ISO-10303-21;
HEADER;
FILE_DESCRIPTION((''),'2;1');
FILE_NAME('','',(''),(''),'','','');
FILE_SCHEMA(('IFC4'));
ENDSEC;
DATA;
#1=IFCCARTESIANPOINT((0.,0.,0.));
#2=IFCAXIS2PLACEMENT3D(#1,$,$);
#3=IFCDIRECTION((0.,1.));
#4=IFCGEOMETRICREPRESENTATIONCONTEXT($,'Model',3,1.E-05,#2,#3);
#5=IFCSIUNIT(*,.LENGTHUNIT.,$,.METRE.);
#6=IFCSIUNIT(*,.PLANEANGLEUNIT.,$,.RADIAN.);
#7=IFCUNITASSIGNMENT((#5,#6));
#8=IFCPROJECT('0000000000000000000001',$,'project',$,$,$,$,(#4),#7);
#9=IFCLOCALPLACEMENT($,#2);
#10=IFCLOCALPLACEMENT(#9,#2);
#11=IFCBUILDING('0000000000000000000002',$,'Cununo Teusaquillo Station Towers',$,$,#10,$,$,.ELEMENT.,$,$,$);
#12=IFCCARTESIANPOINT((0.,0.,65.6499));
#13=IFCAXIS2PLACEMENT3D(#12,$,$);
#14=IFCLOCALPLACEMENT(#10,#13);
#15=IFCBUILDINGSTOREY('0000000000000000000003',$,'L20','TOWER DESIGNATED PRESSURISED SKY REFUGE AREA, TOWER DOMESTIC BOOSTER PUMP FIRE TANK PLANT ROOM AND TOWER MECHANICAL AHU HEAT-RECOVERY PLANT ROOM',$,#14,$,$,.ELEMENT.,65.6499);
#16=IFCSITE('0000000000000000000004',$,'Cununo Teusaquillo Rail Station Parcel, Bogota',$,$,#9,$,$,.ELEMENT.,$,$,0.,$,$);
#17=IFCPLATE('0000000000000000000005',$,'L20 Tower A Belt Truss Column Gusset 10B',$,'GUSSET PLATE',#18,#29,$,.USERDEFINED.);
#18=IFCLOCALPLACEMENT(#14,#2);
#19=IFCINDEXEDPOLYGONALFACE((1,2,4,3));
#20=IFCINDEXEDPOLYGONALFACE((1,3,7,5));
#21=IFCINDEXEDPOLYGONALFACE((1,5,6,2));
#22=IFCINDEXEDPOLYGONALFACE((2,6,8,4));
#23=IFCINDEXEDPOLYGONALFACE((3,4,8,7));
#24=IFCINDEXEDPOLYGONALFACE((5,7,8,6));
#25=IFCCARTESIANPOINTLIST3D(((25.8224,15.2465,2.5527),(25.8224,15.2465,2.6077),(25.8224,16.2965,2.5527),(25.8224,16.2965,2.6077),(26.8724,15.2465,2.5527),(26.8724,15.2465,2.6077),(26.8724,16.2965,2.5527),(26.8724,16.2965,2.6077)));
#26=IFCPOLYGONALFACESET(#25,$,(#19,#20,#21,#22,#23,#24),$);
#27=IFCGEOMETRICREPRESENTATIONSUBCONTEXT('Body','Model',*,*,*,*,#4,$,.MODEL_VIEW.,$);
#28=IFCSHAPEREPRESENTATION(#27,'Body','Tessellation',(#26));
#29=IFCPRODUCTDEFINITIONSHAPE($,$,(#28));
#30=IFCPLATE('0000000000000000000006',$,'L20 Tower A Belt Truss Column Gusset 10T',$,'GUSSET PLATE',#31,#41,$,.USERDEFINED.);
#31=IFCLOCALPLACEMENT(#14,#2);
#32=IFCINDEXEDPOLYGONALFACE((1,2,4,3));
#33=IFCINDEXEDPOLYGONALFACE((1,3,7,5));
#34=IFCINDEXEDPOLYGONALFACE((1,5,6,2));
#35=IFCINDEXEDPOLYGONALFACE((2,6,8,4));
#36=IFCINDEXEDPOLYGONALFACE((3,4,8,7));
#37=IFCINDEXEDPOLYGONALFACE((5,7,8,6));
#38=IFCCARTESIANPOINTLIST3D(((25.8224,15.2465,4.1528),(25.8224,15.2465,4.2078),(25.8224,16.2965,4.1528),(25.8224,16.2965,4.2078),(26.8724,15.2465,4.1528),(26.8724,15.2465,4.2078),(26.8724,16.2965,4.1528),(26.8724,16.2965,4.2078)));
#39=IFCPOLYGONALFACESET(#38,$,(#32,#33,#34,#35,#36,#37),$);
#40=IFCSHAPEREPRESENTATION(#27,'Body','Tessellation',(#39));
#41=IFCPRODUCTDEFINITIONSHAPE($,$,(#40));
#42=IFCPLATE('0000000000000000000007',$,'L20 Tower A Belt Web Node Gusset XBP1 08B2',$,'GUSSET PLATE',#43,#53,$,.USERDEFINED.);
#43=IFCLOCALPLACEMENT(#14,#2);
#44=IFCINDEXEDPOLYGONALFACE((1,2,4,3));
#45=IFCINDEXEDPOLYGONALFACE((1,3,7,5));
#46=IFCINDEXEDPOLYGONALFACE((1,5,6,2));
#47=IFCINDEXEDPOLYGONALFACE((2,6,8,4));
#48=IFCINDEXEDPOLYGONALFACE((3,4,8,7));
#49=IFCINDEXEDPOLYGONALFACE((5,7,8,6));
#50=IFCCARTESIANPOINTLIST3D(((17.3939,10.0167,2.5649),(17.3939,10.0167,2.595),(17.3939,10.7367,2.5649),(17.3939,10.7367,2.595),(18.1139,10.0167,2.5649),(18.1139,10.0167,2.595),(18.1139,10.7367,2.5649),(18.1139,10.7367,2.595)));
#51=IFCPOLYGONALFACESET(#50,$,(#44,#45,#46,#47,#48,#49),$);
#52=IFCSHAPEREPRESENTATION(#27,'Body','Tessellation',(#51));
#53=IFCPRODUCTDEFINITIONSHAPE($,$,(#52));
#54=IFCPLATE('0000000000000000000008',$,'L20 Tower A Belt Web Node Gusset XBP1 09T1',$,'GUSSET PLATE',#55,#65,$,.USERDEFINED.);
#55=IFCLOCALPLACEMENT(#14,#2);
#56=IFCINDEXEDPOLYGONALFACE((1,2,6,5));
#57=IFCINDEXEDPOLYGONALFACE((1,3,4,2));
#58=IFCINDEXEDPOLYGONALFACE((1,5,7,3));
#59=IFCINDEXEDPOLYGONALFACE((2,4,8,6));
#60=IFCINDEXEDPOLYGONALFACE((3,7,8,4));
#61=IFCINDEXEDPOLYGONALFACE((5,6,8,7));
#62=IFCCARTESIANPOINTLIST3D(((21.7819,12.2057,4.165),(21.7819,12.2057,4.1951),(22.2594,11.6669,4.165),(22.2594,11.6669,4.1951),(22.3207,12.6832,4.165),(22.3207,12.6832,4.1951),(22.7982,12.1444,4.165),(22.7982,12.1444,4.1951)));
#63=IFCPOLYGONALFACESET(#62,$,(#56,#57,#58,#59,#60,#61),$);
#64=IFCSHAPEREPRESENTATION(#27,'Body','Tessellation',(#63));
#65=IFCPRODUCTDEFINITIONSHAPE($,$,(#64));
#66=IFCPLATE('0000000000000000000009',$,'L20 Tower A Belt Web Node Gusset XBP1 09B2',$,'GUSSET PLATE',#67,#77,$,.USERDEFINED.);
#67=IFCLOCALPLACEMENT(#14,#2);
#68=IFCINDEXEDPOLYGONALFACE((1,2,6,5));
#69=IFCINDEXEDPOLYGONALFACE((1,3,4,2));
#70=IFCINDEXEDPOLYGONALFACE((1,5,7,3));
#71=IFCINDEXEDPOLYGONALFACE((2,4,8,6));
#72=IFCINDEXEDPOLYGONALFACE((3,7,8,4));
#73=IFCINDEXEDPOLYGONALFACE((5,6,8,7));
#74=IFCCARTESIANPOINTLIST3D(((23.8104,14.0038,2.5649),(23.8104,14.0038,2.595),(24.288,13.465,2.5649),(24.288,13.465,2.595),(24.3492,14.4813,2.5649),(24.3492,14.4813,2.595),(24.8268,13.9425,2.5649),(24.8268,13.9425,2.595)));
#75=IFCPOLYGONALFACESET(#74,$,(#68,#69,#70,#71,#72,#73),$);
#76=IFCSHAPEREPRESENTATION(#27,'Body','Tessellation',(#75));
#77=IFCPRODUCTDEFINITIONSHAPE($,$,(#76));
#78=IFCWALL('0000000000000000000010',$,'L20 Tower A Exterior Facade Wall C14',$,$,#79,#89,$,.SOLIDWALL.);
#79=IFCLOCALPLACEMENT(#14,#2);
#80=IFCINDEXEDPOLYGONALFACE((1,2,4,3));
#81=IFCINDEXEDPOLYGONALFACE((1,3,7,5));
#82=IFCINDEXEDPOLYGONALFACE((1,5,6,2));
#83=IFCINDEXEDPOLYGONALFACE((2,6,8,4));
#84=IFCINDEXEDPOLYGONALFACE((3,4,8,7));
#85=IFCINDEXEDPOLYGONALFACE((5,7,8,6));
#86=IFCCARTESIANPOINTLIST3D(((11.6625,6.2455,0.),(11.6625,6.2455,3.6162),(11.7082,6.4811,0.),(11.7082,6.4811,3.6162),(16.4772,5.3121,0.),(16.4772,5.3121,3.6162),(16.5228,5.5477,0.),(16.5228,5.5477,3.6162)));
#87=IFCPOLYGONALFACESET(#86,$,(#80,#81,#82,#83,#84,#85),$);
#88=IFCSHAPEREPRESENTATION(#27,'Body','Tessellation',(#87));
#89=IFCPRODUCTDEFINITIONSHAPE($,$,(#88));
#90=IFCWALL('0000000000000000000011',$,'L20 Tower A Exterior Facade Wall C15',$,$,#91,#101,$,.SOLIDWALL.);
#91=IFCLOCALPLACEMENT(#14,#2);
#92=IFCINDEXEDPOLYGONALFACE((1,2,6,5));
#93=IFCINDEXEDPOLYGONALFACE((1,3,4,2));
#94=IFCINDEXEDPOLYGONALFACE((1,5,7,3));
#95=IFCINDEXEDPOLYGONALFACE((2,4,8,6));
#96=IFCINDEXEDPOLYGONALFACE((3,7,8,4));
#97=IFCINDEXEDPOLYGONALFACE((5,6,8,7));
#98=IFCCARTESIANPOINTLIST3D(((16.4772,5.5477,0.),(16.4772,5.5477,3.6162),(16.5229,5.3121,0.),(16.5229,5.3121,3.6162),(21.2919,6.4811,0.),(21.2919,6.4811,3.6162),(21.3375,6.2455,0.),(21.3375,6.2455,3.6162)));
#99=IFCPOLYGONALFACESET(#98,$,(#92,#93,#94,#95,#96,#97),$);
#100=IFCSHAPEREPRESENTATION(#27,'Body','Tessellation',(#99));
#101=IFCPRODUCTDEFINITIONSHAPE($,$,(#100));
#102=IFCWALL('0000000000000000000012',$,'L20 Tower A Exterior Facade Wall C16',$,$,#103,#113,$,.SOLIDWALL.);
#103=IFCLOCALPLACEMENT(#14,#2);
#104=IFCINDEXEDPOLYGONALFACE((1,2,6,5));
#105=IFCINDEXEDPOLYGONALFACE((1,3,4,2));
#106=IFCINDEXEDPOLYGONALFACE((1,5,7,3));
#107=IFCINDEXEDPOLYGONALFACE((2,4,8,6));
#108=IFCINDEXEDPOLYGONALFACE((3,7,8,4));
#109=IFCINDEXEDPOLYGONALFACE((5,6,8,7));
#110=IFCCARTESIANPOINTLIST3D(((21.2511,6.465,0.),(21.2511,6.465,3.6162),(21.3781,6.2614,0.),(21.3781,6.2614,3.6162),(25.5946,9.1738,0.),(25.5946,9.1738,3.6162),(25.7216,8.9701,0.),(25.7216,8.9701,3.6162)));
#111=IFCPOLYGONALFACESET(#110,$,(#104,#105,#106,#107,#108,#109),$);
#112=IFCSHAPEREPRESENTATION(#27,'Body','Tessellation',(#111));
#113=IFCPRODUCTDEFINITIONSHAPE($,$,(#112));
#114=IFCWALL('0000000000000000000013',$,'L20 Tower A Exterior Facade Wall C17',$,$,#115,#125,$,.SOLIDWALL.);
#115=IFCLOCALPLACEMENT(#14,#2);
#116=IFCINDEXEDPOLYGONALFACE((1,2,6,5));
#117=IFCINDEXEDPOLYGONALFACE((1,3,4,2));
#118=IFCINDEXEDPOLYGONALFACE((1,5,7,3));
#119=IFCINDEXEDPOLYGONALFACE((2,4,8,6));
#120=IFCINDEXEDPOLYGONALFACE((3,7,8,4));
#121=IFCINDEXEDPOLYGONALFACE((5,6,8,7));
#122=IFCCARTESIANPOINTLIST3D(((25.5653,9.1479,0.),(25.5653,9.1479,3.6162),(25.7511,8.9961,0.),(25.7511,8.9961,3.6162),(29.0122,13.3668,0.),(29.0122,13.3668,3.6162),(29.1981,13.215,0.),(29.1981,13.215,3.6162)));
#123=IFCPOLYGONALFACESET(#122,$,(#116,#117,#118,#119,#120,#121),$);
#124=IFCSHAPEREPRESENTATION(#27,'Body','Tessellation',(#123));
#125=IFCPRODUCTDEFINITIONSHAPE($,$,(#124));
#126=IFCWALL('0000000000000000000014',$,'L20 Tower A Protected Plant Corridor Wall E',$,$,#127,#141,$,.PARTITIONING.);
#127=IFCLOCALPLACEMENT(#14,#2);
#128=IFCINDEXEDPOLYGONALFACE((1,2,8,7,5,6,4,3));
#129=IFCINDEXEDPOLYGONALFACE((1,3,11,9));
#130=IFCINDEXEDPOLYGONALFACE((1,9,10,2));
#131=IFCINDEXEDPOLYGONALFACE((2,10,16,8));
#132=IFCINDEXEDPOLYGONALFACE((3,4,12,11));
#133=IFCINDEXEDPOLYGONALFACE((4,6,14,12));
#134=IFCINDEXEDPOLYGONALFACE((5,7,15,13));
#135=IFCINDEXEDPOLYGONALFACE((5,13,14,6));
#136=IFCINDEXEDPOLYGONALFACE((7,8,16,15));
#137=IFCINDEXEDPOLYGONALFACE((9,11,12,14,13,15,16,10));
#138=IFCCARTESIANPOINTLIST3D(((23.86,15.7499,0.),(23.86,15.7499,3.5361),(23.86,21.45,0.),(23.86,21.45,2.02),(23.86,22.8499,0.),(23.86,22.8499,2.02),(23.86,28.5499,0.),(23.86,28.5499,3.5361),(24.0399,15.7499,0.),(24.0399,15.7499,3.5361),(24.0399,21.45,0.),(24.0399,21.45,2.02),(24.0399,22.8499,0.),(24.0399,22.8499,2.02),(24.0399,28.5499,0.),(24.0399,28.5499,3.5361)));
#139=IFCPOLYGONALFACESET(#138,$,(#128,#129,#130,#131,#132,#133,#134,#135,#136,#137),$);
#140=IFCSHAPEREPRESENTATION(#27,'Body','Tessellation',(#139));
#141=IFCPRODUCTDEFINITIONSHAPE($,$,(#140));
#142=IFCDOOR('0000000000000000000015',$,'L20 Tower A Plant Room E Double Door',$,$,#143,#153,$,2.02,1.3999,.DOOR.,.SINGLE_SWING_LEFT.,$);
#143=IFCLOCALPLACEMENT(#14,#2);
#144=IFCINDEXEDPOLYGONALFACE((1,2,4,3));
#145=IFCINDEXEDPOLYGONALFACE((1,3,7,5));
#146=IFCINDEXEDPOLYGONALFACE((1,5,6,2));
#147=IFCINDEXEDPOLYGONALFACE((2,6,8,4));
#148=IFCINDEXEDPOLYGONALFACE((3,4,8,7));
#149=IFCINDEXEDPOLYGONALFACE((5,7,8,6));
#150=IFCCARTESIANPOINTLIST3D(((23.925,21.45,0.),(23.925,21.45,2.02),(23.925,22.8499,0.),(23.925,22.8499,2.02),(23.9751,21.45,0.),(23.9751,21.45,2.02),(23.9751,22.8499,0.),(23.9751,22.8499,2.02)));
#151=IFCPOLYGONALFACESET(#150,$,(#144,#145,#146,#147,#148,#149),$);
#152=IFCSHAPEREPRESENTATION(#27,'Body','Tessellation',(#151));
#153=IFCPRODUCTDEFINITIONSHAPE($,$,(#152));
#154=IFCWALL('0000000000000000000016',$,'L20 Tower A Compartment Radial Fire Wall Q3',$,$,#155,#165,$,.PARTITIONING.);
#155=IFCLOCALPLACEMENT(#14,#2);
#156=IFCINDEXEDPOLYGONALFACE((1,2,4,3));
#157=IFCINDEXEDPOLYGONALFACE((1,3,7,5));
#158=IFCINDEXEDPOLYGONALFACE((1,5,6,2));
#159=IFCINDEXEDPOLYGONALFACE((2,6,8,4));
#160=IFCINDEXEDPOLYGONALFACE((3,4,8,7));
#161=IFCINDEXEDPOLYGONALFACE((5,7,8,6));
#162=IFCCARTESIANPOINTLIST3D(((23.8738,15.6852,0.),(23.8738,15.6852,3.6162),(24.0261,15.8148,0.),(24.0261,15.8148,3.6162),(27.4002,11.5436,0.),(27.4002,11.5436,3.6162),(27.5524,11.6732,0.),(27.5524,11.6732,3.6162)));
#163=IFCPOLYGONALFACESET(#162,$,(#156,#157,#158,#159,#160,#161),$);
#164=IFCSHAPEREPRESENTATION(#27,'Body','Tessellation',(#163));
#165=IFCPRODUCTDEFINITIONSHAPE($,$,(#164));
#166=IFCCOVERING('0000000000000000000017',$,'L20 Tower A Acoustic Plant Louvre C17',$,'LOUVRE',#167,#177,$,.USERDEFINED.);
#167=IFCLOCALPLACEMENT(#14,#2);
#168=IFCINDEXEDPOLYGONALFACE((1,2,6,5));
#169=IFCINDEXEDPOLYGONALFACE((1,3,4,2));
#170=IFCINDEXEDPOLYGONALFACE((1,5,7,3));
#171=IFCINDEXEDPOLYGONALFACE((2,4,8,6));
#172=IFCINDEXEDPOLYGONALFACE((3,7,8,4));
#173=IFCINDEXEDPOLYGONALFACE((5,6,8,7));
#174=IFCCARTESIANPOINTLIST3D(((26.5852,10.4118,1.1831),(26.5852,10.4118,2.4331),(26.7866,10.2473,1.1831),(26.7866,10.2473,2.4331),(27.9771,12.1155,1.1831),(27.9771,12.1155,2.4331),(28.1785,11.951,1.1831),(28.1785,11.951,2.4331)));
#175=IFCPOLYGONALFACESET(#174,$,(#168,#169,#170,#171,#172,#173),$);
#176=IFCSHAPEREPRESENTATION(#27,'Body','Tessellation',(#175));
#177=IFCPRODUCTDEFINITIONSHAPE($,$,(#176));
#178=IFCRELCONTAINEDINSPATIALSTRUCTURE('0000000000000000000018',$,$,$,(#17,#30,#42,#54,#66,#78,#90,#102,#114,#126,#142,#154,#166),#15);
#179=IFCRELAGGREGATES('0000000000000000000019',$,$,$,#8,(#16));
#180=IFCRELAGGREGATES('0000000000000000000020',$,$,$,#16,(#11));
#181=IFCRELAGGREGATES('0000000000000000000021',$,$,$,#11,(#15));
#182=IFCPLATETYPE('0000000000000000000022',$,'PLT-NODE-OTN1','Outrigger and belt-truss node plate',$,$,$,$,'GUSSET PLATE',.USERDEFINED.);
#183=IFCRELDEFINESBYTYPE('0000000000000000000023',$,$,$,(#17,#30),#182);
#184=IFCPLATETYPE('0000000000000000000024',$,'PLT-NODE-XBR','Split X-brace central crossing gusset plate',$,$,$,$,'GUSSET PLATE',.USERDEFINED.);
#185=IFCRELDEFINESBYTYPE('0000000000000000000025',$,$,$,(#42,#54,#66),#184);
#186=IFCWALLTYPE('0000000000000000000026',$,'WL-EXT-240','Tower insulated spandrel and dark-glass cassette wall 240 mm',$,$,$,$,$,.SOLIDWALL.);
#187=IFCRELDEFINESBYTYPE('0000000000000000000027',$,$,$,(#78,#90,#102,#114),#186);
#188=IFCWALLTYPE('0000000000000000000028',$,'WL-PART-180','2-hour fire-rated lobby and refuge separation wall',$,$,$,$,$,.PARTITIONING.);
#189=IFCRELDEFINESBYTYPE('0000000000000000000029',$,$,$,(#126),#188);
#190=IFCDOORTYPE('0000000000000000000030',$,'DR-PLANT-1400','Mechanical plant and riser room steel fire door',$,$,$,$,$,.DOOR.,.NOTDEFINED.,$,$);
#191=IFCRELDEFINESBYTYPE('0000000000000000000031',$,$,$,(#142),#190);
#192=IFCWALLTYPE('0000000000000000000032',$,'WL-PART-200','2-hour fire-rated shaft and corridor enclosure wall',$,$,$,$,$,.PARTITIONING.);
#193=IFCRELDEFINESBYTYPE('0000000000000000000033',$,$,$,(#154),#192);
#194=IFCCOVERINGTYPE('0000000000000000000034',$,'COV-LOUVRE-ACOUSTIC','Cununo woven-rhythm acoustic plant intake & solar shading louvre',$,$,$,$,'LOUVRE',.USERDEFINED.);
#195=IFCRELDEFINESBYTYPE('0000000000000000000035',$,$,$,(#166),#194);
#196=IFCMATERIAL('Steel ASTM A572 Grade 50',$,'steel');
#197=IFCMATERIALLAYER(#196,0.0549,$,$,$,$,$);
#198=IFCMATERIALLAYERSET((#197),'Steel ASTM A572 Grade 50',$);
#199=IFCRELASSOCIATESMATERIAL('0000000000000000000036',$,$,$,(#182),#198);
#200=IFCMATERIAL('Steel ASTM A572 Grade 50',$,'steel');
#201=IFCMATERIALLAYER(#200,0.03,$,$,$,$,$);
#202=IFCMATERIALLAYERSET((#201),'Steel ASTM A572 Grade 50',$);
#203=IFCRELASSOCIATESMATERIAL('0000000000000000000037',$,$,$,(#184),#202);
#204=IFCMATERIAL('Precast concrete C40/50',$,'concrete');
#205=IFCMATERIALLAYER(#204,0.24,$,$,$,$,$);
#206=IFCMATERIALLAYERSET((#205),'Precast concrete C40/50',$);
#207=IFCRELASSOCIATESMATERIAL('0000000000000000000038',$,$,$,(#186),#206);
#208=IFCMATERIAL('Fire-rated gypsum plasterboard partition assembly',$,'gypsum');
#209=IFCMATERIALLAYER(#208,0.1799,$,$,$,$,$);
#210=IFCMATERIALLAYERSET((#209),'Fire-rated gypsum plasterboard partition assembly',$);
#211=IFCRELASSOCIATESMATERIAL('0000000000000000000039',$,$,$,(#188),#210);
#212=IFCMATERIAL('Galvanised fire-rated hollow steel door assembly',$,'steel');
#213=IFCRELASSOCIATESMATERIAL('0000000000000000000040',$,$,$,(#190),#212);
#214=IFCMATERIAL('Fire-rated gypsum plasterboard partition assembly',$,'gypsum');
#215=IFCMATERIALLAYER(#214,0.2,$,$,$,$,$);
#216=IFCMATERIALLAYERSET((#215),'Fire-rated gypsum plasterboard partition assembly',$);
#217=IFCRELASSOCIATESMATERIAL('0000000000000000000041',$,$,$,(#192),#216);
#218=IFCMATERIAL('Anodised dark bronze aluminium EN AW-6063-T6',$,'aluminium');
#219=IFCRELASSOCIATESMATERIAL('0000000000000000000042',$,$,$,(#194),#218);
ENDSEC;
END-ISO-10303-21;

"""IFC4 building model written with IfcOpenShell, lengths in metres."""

from ifc_helpers import new_model, si_unit, direction, frame, frame_2d, origin, origin_2d, place, context, subcontext, project, spatial, rectangle, extrude, source, transform, mapped, material, layer, layer_set, type_object, element, fill, save


model = new_model("IFC4")

# Units and contexts
model_context = context("Model", 3, precision=1e-05, world=origin(), true_north=direction((0.0, 1.0)))
body_context = subcontext(model_context, "Body", "Model", "MODEL_VIEW")
ifc_project = project(units=[si_unit("LENGTHUNIT", "METRE"), si_unit("PLANEANGLEUNIT", "RADIAN")], contexts=[model_context])

# Site, building, storey
site_placement = place(None, origin())
site = spatial("IfcSite", under=ifc_project, at=site_placement, Name="Cununo Teusaquillo Rail Station Parcel, Bogota", CompositionType="ELEMENT", RefElevation=0.0)
building_placement = place(site_placement, origin())
building = spatial("IfcBuilding", under=site, at=building_placement, Name="Cununo Teusaquillo Station Towers", CompositionType="ELEMENT")
storey_placement = place(building_placement, frame((0.0, 0.0, 65.6499)))
storey = spatial("IfcBuildingStorey", under=building, at=storey_placement, Name="L20", Description="TOWER DESIGNATED PRESSURISED SKY REFUGE AREA, TOWER DOMESTIC BOOSTER PUMP FIRE TANK PLANT ROOM AND TOWER MECHANICAL AHU HEAT-RECOVERY PLANT ROOM", CompositionType="ELEMENT", Elevation=65.6499)

# Plates
ifc_material_1 = material(Name="Steel ASTM A572 Grade 50", Category="steel")
ifc_layer_1 = layer(ifc_material_1, 0.0549)
ifc_layer_set_1 = layer_set([ifc_layer_1], Name="Steel ASTM A572 Grade 50")
plate_type_1 = type_object("IfcPlateType", Name="PLT-NODE-OTN1", Description="Outrigger and belt-truss node plate", ElementType="GUSSET PLATE", PredefinedType="USERDEFINED", material=ifc_layer_set_1)
shared_shape_1 = source(origin(), body_context, "Body", "SweptSolid", [
    extrude(rectangle(XDim=1.05, YDim=1.05, at=origin_2d()), origin(), (0.0, 0.0, 1.0), 0.0549),
])
for number, where, z_axis, x_axis, name in (
    (1, (26.3474, 15.7715, 2.5527), (0.0, 0.0, 1.0), (1.0, 0.0, 0.0), "L20 Tower A Belt Truss Column Gusset 10B"),
    (2, (26.3474, 15.7715, 4.1528), (0.0, 0.0, 1.0), (1.0, 0.0, 0.0), "L20 Tower A Belt Truss Column Gusset 10T"),
):
    element("IfcPlate", number, at=place(storey_placement, frame(where, z_axis=z_axis, x_axis=x_axis)), inside=storey, type_object=plate_type_1, Name=name, ObjectType="GUSSET PLATE", PredefinedType="USERDEFINED", context=body_context, shape_type="MappedRepresentation", body=[
        mapped(shared_shape_1, transform((0.0, 0.0, 0.0), x_axis=(1.0, 0.0, 0.0), y_axis=(0.0, 1.0, 0.0), z_axis=(0.0, 0.0, 1.0), scale=1.0)),
    ])
ifc_material_2 = material(Name="Steel ASTM A572 Grade 50", Category="steel")
ifc_layer_2 = layer(ifc_material_2, 0.03)
ifc_layer_set_2 = layer_set([ifc_layer_2], Name="Steel ASTM A572 Grade 50")
plate_type_2 = type_object("IfcPlateType", Name="PLT-NODE-XBR", Description="Split X-brace central crossing gusset plate", ElementType="GUSSET PLATE", PredefinedType="USERDEFINED", material=ifc_layer_set_2)
shared_shape_2 = source(origin(), body_context, "Body", "SweptSolid", [
    extrude(rectangle(XDim=0.72, YDim=0.72, at=origin_2d()), origin(), (0.0, 0.0, 1.0), 0.03),
])
for number, where, z_axis, x_axis, name in (
    (3, (17.7539, 10.3767, 2.5649), (0.0, 0.0, 1.0), (1.0, 0.0, 0.0), "L20 Tower A Belt Web Node Gusset XBP1 08B2"),
    (4, (22.29, 12.175, 4.165), (0.0, 0.0, 1.0), (0.748377, 0.663273, 0.0), "L20 Tower A Belt Web Node Gusset XBP1 09T1"),
    (5, (24.3186, 13.9731, 2.5649), (0.0, 0.0, 1.0), (0.748377, 0.663273, 0.0), "L20 Tower A Belt Web Node Gusset XBP1 09B2"),
):
    element("IfcPlate", number, at=place(storey_placement, frame(where, z_axis=z_axis, x_axis=x_axis)), inside=storey, type_object=plate_type_2, Name=name, ObjectType="GUSSET PLATE", PredefinedType="USERDEFINED", context=body_context, shape_type="MappedRepresentation", body=[
        mapped(shared_shape_2, transform((0.0, 0.0, 0.0), x_axis=(1.0, 0.0, 0.0), y_axis=(0.0, 1.0, 0.0), z_axis=(0.0, 0.0, 1.0), scale=1.0)),
    ])

# Walls
ifc_material_3 = material(Name="Precast concrete C40/50", Category="concrete")
ifc_layer_3 = layer(ifc_material_3, 0.24)
ifc_layer_set_3 = layer_set([ifc_layer_3], Name="Precast concrete C40/50")
wall_type_1 = type_object("IfcWallType", Name="WL-EXT-240", Description="Tower insulated spandrel and dark-glass cassette wall 240 mm", PredefinedType="SOLIDWALL", material=ifc_layer_set_3)
for number, where, z_axis, x_axis, name in (
    (6, (16.5, 5.4299, 0.0), (0.0, 0.0, 1.0), (-0.981724, 0.190311, 0.0), "L20 Tower A Exterior Facade Wall C14"),
    (7, (21.3147, 6.3633, 0.0), (0.0, 0.0, 1.0), (-0.981724, -0.190311, 0.0), "L20 Tower A Exterior Facade Wall C15"),
):
    element("IfcWall", number, at=place(storey_placement, frame(where, z_axis=z_axis, x_axis=x_axis)), inside=storey, type_object=wall_type_1, Name=name, PredefinedType="SOLIDWALL", context=body_context, shape_type="SweptSolid", body=[
        extrude(rectangle(XDim=4.9043, YDim=0.24, at=frame_2d((2.4521, 0.0))), origin(), (0.0, 0.0, 1.0), 3.6162),
    ])
wall_1_placement = place(storey_placement, frame((25.6582, 9.072, 0.0), z_axis=(0.0, 0.0, 1.0), x_axis=(-0.84852, -0.529163, 0.0)))
element("IfcWall", 8, at=wall_1_placement, inside=storey, type_object=wall_type_1, Name="L20 Tower A Exterior Facade Wall C16", PredefinedType="SOLIDWALL", context=body_context, shape_type="SweptSolid", body=[
    extrude(rectangle(XDim=5.1189, YDim=0.24, at=frame_2d((2.5596, 0.0))), origin(), (0.0, 0.0, 1.0), 3.6162),
])
wall_2_placement = place(storey_placement, frame((29.1052, 13.291, 0.0), z_axis=(0.0, 0.0, 1.0), x_axis=(-0.632701, -0.774396, 0.0)))
element("IfcWall", 9, at=wall_2_placement, inside=storey, type_object=wall_type_1, Name="L20 Tower A Exterior Facade Wall C17", PredefinedType="SOLIDWALL", context=body_context, shape_type="SweptSolid", body=[
    extrude(rectangle(XDim=5.448, YDim=0.24, at=frame_2d((2.7241, 0.0))), origin(), (0.0, 0.0, 1.0), 3.6162),
])

# Wall, opening, door
ifc_material_4 = material(Name="Fire-rated gypsum plasterboard partition assembly", Category="gypsum")
ifc_layer_4 = layer(ifc_material_4, 0.1799)
ifc_layer_set_4 = layer_set([ifc_layer_4], Name="Fire-rated gypsum plasterboard partition assembly")
wall_type_2 = type_object("IfcWallType", Name="WL-PART-180", Description="2-hour fire-rated lobby and refuge separation wall", PredefinedType="PARTITIONING", material=ifc_layer_set_4)
wall_3_placement = place(storey_placement, frame((23.95, 15.75, 0.0), z_axis=(0.0, 0.0, 1.0), x_axis=(0.0, 1.0, 0.0)))
wall_3 = element("IfcWall", 10, at=wall_3_placement, inside=storey, type_object=wall_type_2, Name="L20 Tower A Protected Plant Corridor Wall E", PredefinedType="PARTITIONING", context=body_context, shape_type="SweptSolid", body=[
    extrude(rectangle(XDim=12.8, YDim=0.1799, at=frame_2d((6.3999, 0.0))), origin(), (0.0, 0.0, 1.0), 3.5361),
])
shared_shape_3 = source(origin(), body_context, "Body", "SweptSolid", [
    extrude(rectangle(XDim=1.3999, YDim=2.02, at=frame_2d((0.7, 1.01))), frame((0.0, 0.0999, 0.0), z_axis=(0.0, -1.0, 0.0), x_axis=(1.0, 0.0, 0.0)), (0.0, 0.0, 1.0), 0.2),
])
opening_placement = place(wall_3_placement, frame((5.7, 0.0, 0.0)))
opening = element("IfcOpeningElement", 11, at=opening_placement, cuts=wall_3, PredefinedType="OPENING", context=body_context, shape_type="MappedRepresentation", body=[
    mapped(shared_shape_3, transform((0.0, 0.0, 0.0), x_axis=(1.0, 0.0, 0.0), y_axis=(0.0, 1.0, 0.0), z_axis=(0.0, 0.0, 1.0), scale=1.0)),
])
ifc_material_5 = material(Name="Galvanised fire-rated hollow steel door assembly", Category="steel")
door_type = type_object("IfcDoorType", Name="DR-PLANT-1400", Description="Mechanical plant and riser room steel fire door", OperationType="NOTDEFINED", PredefinedType="DOOR", material=ifc_material_5)
shared_shape_4 = source(origin(), body_context, "Body", "SweptSolid", [
    extrude(rectangle(XDim=1.3999, YDim=2.02, at=frame_2d((0.7, 1.01))), frame((0.0, 0.0249, 0.0), z_axis=(0.0, -1.0, 0.0), x_axis=(1.0, 0.0, 0.0)), (0.0, 0.0, 1.0), 0.05),
])
door_placement = place(opening_placement, origin())
door = element("IfcDoor", 12, at=door_placement, inside=storey, type_object=door_type, Name="L20 Tower A Plant Room E Double Door", OperationType="SINGLE_SWING_LEFT", OverallHeight=2.02, OverallWidth=1.3999, PredefinedType="DOOR", context=body_context, shape_type="MappedRepresentation", body=[
    mapped(shared_shape_4, transform((0.0, 0.0, 0.0), x_axis=(1.0, 0.0, 0.0), y_axis=(0.0, 1.0, 0.0), z_axis=(0.0, 0.0, 1.0), scale=1.0)),
])
fill(opening, door)

# Wall
ifc_material_6 = material(Name="Fire-rated gypsum plasterboard partition assembly", Category="gypsum")
ifc_layer_5 = layer(ifc_material_6, 0.2)
ifc_layer_set_5 = layer_set([ifc_layer_5], Name="Fire-rated gypsum plasterboard partition assembly")
wall_type_3 = type_object("IfcWallType", Name="WL-PART-200", Description="2-hour fire-rated shaft and corridor enclosure wall", PredefinedType="PARTITIONING", material=ifc_layer_set_5)
wall_4_placement = place(storey_placement, frame((23.95, 15.75, 0.0), z_axis=(0.0, 0.0, 1.0), x_axis=(0.648289, -0.761394, 0.0)))
element("IfcWall", 13, at=wall_4_placement, inside=storey, type_object=wall_type_3, Name="L20 Tower A Compartment Radial Fire Wall Q3", PredefinedType="PARTITIONING", context=body_context, shape_type="SweptSolid", body=[
    extrude(rectangle(XDim=5.4395, YDim=0.2, at=frame_2d((2.7197, 0.0))), origin(), (0.0, 0.0, 1.0), 3.6162),
])

# Covering
ifc_material_7 = material(Name="Anodised dark bronze aluminium EN AW-6063-T6", Category="aluminium")
covering_type = type_object("IfcCoveringType", Name="COV-LOUVRE-ACOUSTIC", Description="Cununo woven-rhythm acoustic plant intake & solar shading louvre", ElementType="LOUVRE", PredefinedType="USERDEFINED", material=ifc_material_7)
shared_shape_5 = source(origin(), body_context, "Body", "SweptSolid", [
    extrude(rectangle(XDim=2.2, YDim=0.26, at=origin_2d()), origin(), (0.0, 0.0, 1.0), 1.25),
])
covering_placement = place(storey_placement, frame((27.3818, 11.1814, 1.1831), z_axis=(0.0, 0.0, 1.0), x_axis=(-0.632705, -0.774393, 0.0)))
element("IfcCovering", 14, at=covering_placement, inside=storey, type_object=covering_type, Name="L20 Tower A Acoustic Plant Louvre C17", ObjectType="LOUVRE", PredefinedType="USERDEFINED", context=body_context, shape_type="MappedRepresentation", body=[
    mapped(shared_shape_5, transform((0.0, 0.0, 0.0), x_axis=(1.0, 0.0, 0.0), y_axis=(0.0, 1.0, 0.0), z_axis=(0.0, 0.0, 1.0), scale=1.0)),
])

save(model, "model.ifc")
